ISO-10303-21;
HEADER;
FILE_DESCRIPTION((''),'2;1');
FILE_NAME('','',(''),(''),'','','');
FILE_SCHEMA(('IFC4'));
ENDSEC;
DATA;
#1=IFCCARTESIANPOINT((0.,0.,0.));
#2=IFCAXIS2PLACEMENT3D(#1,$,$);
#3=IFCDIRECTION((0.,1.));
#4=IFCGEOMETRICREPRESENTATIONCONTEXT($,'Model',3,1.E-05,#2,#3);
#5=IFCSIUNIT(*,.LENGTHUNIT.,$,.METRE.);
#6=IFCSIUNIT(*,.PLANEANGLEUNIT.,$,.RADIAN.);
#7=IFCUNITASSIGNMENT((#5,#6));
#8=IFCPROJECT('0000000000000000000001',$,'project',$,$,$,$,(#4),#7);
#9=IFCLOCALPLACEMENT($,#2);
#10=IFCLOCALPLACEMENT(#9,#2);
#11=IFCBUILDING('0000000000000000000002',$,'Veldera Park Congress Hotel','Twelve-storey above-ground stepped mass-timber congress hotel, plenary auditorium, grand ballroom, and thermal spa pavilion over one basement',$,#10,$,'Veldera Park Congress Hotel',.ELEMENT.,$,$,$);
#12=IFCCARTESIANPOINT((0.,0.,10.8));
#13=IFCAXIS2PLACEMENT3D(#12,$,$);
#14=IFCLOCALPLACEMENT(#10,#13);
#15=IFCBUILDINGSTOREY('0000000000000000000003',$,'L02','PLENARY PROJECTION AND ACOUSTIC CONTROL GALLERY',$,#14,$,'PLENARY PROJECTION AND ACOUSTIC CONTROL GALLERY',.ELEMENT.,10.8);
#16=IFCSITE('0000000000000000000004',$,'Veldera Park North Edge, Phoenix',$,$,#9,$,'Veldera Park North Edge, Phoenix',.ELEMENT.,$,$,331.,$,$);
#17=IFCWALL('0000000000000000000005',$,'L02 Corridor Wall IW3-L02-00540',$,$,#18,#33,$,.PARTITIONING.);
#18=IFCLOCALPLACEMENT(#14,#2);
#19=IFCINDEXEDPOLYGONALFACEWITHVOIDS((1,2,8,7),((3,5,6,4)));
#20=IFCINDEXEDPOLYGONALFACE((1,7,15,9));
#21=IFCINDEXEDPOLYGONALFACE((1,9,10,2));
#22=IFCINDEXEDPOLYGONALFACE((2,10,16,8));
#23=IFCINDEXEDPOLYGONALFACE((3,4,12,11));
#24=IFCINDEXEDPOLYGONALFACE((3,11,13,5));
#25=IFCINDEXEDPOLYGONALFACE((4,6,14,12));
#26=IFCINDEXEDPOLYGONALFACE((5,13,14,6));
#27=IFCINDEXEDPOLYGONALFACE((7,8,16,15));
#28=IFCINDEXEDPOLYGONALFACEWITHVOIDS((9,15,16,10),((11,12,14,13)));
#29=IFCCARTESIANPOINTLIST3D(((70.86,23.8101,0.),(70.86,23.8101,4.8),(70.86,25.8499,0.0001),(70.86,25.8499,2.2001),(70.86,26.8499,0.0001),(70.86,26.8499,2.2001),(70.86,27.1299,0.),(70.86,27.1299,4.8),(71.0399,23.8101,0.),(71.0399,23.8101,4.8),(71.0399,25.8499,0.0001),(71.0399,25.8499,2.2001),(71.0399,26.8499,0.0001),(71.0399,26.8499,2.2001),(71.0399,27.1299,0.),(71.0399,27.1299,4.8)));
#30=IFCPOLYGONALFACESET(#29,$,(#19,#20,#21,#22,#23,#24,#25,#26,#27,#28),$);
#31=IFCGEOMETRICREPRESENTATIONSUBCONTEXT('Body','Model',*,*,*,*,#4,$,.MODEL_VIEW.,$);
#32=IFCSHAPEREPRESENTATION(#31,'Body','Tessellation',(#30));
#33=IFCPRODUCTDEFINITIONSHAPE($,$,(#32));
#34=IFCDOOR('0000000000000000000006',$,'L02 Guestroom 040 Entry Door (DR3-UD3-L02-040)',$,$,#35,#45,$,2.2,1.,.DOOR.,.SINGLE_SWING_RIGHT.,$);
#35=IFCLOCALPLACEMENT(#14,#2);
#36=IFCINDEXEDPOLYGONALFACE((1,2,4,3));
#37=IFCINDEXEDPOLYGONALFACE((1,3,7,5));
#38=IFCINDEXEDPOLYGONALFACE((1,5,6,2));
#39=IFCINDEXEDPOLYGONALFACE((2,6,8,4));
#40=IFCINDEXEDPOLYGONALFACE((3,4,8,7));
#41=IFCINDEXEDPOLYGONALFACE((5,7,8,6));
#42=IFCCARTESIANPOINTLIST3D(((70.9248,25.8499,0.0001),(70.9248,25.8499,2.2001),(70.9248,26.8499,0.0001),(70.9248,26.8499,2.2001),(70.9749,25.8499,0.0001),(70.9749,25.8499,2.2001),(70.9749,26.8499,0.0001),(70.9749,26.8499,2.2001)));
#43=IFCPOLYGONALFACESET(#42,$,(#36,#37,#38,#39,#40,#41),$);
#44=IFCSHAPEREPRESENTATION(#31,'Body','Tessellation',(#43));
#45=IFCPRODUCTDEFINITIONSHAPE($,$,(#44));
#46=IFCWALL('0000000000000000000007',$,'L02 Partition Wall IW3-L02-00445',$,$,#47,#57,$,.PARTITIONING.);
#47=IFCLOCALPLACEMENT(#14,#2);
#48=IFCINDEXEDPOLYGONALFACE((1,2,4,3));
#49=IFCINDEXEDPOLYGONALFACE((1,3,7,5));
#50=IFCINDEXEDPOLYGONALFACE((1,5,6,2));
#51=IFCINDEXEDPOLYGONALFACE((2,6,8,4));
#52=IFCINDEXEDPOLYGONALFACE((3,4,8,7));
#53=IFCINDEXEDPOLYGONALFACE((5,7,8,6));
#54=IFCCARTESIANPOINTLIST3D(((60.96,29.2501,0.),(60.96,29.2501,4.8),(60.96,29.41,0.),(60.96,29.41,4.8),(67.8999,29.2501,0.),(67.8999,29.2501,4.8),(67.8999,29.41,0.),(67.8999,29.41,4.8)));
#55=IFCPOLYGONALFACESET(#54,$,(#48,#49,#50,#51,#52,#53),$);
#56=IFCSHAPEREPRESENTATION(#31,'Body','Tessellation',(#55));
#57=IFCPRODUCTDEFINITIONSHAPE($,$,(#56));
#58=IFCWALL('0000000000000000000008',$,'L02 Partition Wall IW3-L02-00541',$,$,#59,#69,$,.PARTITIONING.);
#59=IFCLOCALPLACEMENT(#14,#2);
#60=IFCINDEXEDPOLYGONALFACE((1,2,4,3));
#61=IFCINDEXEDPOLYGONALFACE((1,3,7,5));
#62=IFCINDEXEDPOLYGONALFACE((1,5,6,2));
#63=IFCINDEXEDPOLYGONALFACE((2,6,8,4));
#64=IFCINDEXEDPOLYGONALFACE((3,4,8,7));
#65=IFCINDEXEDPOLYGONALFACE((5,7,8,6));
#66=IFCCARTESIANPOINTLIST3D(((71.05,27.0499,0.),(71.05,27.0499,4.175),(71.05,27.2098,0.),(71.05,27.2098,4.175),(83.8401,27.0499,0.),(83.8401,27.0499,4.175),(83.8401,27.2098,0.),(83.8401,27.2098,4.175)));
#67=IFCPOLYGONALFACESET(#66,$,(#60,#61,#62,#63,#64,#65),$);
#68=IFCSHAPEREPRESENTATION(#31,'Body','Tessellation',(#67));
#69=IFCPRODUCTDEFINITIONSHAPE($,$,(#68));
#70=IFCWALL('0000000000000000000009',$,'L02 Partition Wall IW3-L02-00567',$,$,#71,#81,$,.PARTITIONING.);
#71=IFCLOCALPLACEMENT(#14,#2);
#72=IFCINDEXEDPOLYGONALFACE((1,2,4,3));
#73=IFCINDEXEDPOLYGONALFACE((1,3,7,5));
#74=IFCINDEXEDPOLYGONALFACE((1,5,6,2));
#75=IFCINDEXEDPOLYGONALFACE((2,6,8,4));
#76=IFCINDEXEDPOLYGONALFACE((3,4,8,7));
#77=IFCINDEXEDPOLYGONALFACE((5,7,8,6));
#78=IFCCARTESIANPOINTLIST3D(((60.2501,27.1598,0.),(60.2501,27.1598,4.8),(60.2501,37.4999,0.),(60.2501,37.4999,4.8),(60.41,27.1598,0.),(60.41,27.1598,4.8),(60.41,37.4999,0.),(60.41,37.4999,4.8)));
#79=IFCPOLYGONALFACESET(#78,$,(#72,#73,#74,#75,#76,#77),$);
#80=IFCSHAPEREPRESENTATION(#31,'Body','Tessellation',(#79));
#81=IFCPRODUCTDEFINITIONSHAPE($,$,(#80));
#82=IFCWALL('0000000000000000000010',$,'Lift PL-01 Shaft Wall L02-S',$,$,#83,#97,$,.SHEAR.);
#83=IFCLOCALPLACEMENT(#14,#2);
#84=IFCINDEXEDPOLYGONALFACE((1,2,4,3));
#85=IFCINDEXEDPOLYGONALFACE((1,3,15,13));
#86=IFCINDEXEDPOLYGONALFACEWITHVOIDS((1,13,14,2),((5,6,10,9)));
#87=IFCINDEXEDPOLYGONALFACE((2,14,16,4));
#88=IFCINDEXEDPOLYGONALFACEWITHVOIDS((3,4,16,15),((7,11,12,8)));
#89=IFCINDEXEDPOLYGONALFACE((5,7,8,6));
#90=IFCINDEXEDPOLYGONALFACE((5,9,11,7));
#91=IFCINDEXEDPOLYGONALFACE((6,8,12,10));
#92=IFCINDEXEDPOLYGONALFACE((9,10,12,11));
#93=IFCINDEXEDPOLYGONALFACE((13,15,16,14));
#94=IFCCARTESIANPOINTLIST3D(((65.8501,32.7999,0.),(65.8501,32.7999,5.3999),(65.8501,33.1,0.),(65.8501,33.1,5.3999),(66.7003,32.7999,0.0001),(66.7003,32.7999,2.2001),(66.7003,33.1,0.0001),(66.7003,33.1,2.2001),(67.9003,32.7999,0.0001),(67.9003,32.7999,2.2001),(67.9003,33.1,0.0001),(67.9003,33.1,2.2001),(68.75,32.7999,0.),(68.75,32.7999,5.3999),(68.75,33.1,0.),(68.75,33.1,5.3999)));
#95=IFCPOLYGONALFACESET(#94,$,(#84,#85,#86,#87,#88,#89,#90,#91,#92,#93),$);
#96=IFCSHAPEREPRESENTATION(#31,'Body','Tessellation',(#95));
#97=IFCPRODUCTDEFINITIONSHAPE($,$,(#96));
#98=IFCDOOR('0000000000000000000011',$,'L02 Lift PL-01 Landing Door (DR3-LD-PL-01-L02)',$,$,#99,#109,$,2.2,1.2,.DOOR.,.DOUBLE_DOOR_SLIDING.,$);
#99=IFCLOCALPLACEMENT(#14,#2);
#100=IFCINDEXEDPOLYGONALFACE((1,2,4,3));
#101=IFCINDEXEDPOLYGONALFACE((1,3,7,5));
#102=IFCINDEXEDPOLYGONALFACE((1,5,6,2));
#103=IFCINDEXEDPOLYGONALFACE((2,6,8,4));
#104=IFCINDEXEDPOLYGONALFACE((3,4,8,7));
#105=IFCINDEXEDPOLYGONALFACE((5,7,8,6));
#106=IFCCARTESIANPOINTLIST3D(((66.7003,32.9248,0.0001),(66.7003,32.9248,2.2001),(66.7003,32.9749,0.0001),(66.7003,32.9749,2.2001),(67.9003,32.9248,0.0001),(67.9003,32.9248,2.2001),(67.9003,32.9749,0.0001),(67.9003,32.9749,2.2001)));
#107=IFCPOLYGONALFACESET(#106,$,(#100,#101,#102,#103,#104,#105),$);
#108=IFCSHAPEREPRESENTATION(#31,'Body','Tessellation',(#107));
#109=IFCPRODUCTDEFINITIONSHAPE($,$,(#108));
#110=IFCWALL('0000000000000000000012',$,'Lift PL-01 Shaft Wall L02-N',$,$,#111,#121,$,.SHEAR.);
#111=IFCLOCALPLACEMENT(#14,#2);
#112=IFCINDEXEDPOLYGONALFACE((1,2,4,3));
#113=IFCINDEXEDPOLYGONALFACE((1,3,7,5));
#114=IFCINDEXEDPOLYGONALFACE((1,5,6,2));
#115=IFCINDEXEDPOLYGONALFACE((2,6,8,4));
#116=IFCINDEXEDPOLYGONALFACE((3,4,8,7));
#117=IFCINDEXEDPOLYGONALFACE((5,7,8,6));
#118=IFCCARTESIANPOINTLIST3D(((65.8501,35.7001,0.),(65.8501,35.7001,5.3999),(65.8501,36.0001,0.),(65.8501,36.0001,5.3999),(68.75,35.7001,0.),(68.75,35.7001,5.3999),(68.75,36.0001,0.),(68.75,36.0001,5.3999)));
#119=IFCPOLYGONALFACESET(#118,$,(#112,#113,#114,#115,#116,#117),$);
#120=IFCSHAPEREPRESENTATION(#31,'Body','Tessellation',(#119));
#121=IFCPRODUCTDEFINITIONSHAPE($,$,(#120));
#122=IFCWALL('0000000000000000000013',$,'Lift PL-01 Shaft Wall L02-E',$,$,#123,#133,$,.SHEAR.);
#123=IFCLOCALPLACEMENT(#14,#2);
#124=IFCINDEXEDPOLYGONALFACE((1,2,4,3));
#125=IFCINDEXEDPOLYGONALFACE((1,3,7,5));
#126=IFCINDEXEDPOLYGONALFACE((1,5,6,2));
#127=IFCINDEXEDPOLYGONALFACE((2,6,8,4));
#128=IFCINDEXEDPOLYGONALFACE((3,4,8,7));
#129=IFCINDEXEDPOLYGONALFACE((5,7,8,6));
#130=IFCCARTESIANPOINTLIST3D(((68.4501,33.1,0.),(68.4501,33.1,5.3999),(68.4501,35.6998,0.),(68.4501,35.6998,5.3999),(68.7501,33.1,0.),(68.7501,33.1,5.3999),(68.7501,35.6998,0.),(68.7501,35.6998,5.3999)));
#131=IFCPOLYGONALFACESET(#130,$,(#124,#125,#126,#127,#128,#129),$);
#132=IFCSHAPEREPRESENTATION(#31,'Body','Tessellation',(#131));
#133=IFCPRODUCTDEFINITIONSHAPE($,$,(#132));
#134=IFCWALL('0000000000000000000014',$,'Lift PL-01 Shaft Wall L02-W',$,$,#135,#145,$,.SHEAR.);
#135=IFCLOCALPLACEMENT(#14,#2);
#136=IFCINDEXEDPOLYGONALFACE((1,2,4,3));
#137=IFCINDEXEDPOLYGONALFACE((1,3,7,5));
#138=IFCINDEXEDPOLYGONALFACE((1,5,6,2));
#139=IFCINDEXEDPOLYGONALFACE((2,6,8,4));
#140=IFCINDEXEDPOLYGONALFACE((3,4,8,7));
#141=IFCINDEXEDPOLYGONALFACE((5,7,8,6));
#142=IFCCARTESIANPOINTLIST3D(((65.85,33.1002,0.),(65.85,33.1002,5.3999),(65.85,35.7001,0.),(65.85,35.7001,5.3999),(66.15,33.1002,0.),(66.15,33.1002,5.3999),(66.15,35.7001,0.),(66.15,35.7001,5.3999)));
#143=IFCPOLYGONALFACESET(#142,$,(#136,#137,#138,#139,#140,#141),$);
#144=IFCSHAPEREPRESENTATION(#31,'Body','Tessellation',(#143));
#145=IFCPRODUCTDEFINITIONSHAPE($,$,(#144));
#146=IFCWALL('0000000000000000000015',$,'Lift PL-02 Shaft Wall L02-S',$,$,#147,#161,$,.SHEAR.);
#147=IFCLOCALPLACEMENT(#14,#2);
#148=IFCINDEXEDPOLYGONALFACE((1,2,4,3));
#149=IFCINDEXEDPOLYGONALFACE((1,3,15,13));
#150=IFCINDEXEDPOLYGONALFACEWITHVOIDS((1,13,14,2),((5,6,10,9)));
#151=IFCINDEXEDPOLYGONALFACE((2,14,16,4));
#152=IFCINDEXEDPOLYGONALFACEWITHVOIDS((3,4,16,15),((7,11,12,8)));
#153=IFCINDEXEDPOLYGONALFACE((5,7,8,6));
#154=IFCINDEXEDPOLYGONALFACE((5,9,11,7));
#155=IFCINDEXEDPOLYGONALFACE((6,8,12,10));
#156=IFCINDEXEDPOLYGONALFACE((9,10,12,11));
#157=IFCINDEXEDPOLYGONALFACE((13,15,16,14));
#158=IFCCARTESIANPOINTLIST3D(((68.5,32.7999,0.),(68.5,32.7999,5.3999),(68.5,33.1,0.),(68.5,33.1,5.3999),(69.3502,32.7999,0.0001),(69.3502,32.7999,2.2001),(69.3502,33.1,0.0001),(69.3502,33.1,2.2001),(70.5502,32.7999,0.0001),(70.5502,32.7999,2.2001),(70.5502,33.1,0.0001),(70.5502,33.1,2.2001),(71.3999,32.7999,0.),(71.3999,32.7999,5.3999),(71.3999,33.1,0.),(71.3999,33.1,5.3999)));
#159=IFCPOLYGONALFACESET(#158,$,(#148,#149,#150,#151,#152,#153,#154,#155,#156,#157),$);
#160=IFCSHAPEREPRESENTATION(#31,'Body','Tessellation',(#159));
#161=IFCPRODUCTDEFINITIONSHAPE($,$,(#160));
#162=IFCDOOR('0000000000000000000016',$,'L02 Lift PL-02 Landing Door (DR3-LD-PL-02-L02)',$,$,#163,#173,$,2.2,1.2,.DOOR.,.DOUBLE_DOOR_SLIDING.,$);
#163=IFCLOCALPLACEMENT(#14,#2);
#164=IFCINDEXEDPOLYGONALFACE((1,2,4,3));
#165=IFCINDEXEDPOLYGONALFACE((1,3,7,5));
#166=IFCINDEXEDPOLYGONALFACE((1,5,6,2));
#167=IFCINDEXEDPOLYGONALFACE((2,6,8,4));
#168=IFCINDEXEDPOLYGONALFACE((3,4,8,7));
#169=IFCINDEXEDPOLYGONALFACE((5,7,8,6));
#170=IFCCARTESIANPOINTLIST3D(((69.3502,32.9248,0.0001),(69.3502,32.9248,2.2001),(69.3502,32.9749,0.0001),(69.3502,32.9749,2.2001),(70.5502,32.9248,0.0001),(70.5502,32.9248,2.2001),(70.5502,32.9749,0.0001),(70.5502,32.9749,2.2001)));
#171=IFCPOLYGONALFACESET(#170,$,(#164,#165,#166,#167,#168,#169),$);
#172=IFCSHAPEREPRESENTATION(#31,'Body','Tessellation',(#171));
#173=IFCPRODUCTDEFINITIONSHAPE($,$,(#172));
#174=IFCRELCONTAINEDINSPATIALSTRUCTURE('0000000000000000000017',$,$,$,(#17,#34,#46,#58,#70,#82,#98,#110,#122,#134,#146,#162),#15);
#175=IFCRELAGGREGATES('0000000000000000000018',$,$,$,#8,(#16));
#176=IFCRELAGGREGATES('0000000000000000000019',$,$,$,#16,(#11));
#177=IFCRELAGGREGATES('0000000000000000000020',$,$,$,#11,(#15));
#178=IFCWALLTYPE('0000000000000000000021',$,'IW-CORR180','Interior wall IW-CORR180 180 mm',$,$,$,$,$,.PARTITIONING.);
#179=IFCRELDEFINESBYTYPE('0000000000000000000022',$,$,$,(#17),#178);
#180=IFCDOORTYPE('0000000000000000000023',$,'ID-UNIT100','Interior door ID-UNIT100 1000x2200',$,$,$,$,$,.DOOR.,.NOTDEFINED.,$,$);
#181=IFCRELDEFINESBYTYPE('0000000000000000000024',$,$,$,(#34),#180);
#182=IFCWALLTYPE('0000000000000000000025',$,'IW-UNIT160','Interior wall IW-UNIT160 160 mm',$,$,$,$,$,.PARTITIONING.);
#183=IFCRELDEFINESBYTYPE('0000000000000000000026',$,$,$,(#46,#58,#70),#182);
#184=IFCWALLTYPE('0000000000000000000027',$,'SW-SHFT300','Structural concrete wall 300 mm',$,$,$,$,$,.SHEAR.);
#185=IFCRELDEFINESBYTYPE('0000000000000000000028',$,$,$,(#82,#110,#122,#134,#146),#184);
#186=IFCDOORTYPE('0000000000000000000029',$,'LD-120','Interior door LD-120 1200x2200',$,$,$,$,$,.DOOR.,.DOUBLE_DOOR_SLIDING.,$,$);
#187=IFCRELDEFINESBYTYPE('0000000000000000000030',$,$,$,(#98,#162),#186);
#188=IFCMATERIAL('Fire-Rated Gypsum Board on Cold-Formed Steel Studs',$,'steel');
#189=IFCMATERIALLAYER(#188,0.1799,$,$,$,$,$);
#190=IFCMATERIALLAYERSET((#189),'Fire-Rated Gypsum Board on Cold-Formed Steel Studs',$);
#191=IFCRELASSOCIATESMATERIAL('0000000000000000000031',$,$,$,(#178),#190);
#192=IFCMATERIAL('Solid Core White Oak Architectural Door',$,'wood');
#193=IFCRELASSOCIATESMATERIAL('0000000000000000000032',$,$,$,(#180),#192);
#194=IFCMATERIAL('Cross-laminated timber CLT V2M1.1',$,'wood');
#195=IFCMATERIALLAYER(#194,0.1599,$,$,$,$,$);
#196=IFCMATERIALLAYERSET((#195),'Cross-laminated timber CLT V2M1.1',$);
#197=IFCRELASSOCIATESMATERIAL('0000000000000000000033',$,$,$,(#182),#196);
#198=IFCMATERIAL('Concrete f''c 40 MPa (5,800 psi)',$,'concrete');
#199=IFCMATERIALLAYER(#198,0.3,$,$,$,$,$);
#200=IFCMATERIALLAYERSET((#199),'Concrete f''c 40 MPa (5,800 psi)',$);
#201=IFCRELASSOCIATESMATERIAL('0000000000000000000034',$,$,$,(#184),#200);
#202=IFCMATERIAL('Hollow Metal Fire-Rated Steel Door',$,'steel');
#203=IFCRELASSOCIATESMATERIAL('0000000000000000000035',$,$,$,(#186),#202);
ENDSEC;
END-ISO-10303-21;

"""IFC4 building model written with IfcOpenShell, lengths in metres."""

from ifc_helpers import new_model, si_unit, direction, frame, frame_2d, origin, place, context, subcontext, project, spatial, rectangle, extrude, material, layer, layer_set, type_object, element, fill, save


model = new_model("IFC4")

# Units and contexts
model_context = context("Model", 3, precision=1e-05, world=origin(), true_north=direction((0.0, 1.0)))
body_context = subcontext(model_context, "Body", "Model", "MODEL_VIEW")
ifc_project = project(units=[si_unit("LENGTHUNIT", "METRE"), si_unit("PLANEANGLEUNIT", "RADIAN")], contexts=[model_context])

# Site, building, storey
site_placement = place(None, origin())
site = spatial("IfcSite", under=ifc_project, at=site_placement, Name="Veldera Park North Edge, Phoenix", LongName="Veldera Park North Edge, Phoenix", CompositionType="ELEMENT", RefElevation=331.0)
building_placement = place(site_placement, origin())
building = spatial("IfcBuilding", under=site, at=building_placement, Name="Veldera Park Congress Hotel", Description="Twelve-storey above-ground stepped mass-timber congress hotel, plenary auditorium, grand ballroom, and thermal spa pavilion over one basement", LongName="Veldera Park Congress Hotel", CompositionType="ELEMENT")
storey_placement = place(building_placement, frame((0.0, 0.0, 10.8)))
storey = spatial("IfcBuildingStorey", under=building, at=storey_placement, Name="L02", Description="PLENARY PROJECTION AND ACOUSTIC CONTROL GALLERY", LongName="PLENARY PROJECTION AND ACOUSTIC CONTROL GALLERY", CompositionType="ELEMENT", Elevation=10.8)

# Shared definitions
ifc_material_1 = material(Name="Concrete f'c 40 MPa (5,800 psi)", Category="concrete")

# Shared definitions
ifc_material_2 = material(Name="Cross-laminated timber CLT V2M1.1", Category="wood")

# Wall, opening, door
ifc_material_3 = material(Name="Fire-Rated Gypsum Board on Cold-Formed Steel Studs", Category="steel")
ifc_layer_1 = layer(ifc_material_3, 0.1799)
ifc_layer_set_1 = layer_set([ifc_layer_1], Name="Fire-Rated Gypsum Board on Cold-Formed Steel Studs")
wall_type_1 = type_object("IfcWallType", Name="IW-CORR180", Description="Interior wall IW-CORR180 180 mm", PredefinedType="PARTITIONING", material=ifc_layer_set_1)
wall_1_placement = place(storey_placement, frame((70.95, 27.1299, 0.0), z_axis=(0.0, 0.0, 1.0), x_axis=(0.0, -1.0, 0.0)))
wall_1 = element("IfcWall", 1, at=wall_1_placement, inside=storey, type_object=wall_type_1, Name="L02 Corridor Wall IW3-L02-00540", PredefinedType="PARTITIONING", context=body_context, shape_type="SweptSolid", body=[
    extrude(rectangle(XDim=3.3198, YDim=0.1799, at=frame_2d((1.6599, 0.0))), origin(), (0.0, 0.0, 1.0), 4.8),
])
opening_1_placement = place(wall_1_placement, frame((0.28, 0.0, 0.0)))
opening_1 = element("IfcOpeningElement", 2, at=opening_1_placement, cuts=wall_1, PredefinedType="OPENING", context=body_context, shape_type="SweptSolid", body=[
    extrude(rectangle(XDim=1.0, YDim=2.2, at=frame_2d((0.5, 1.1001))), frame((0.0, 0.1021, 0.0), z_axis=(0.0, -1.0, 0.0), x_axis=(1.0, 0.0, 0.0)), (0.0, 0.0, 1.0), 0.2039),
])
ifc_material_4 = material(Name="Solid Core White Oak Architectural Door", Category="wood")
door_type_1 = type_object("IfcDoorType", Name="ID-UNIT100", Description="Interior door ID-UNIT100 1000x2200", OperationType="NOTDEFINED", PredefinedType="DOOR", material=ifc_material_4)
door_1_placement = place(opening_1_placement, origin())
door_1 = element("IfcDoor", 3, at=door_1_placement, inside=storey, type_object=door_type_1, Name="L02 Guestroom 040 Entry Door (DR3-UD3-L02-040)", OperationType="SINGLE_SWING_RIGHT", OverallHeight=2.2, OverallWidth=1.0, PredefinedType="DOOR", context=body_context, shape_type="SweptSolid", body=[
    extrude(rectangle(XDim=1.0, YDim=2.2, at=frame_2d((0.5, 1.1001))), frame((0.0, 0.0249, 0.0), z_axis=(0.0, -1.0, 0.0), x_axis=(1.0, 0.0, 0.0)), (0.0, 0.0, 1.0), 0.05),
])
fill(opening_1, door_1)

# Walls
ifc_layer_2 = layer(ifc_material_2, 0.1599)
ifc_layer_set_2 = layer_set([ifc_layer_2], Name="Cross-laminated timber CLT V2M1.1")
wall_type_2 = type_object("IfcWallType", Name="IW-UNIT160", Description="Interior wall IW-UNIT160 160 mm", PredefinedType="PARTITIONING", material=ifc_layer_set_2)
wall_2_placement = place(storey_placement, frame((60.96, 29.3301, 0.0), z_axis=(0.0, 0.0, 1.0), x_axis=(1.0, 0.0, 0.0)))
element("IfcWall", 4, at=wall_2_placement, inside=storey, type_object=wall_type_2, Name="L02 Partition Wall IW3-L02-00445", PredefinedType="PARTITIONING", context=body_context, shape_type="SweptSolid", body=[
    extrude(rectangle(XDim=6.9399, YDim=0.1599, at=frame_2d((3.47, 0.0))), origin(), (0.0, 0.0, 1.0), 4.8),
])
wall_3_placement = place(storey_placement, frame((71.05, 27.1299, 0.0), z_axis=(0.0, 0.0, 1.0), x_axis=(1.0, 0.0, 0.0)))
element("IfcWall", 5, at=wall_3_placement, inside=storey, type_object=wall_type_2, Name="L02 Partition Wall IW3-L02-00541", PredefinedType="PARTITIONING", context=body_context, shape_type="SweptSolid", body=[
    extrude(rectangle(XDim=12.79, YDim=0.1599, at=frame_2d((6.395, 0.0))), origin(), (0.0, 0.0, 1.0), 4.175),
])
wall_4_placement = place(storey_placement, frame((60.3301, 27.1599, 0.0), z_axis=(0.0, 0.0, 1.0), x_axis=(0.0, 1.0, 0.0)))
element("IfcWall", 6, at=wall_4_placement, inside=storey, type_object=wall_type_2, Name="L02 Partition Wall IW3-L02-00567", PredefinedType="PARTITIONING", context=body_context, shape_type="SweptSolid", body=[
    extrude(rectangle(XDim=10.3401, YDim=0.1599, at=frame_2d((5.1699, 0.0))), origin(), (0.0, 0.0, 1.0), 4.8),
])

# Wall, opening, door
ifc_layer_3 = layer(ifc_material_1, 0.3)
ifc_layer_set_3 = layer_set([ifc_layer_3], Name="Concrete f'c 40 MPa (5,800 psi)")
wall_type_3 = type_object("IfcWallType", Name="SW-SHFT300", Description="Structural concrete wall 300 mm", PredefinedType="SHEAR", material=ifc_layer_set_3)
wall_5_placement = place(storey_placement, frame((65.8501, 32.95, 0.0), z_axis=(0.0, 0.0, 1.0), x_axis=(1.0, 0.0, 0.0)))
wall_5 = element("IfcWall", 7, at=wall_5_placement, inside=storey, type_object=wall_type_3, Name="Lift PL-01 Shaft Wall L02-S", PredefinedType="SHEAR", context=body_context, shape_type="SweptSolid", body=[
    extrude(rectangle(XDim=2.8999, YDim=0.3, at=frame_2d((1.45, 0.0))), origin(), (0.0, 0.0, 1.0), 5.3999),
])
opening_2_placement = place(wall_5_placement, frame((0.8501, 0.0, 0.0)))
opening_2 = element("IfcOpeningElement", 8, at=opening_2_placement, cuts=wall_5, PredefinedType="OPENING", context=body_context, shape_type="SweptSolid", body=[
    extrude(rectangle(XDim=1.2, YDim=2.2, at=frame_2d((0.6001, 1.1001))), frame((0.0, 0.1621, 0.0), z_axis=(0.0, -1.0, 0.0), x_axis=(1.0, 0.0, 0.0)), (0.0, 0.0, 1.0), 0.324),
])
ifc_material_5 = material(Name="Hollow Metal Fire-Rated Steel Door", Category="steel")
door_type_2 = type_object("IfcDoorType", Name="LD-120", Description="Interior door LD-120 1200x2200", OperationType="DOUBLE_DOOR_SLIDING", PredefinedType="DOOR", material=ifc_material_5)
door_2_placement = place(opening_2_placement, origin())
door_2 = element("IfcDoor", 9, at=door_2_placement, inside=storey, type_object=door_type_2, Name="L02 Lift PL-01 Landing Door (DR3-LD-PL-01-L02)", OperationType="DOUBLE_DOOR_SLIDING", OverallHeight=2.2, OverallWidth=1.2, PredefinedType="DOOR", context=body_context, shape_type="SweptSolid", body=[
    extrude(rectangle(XDim=1.2, YDim=2.2, at=frame_2d((0.6001, 1.1001))), frame((0.0, 0.0249, 0.0), z_axis=(0.0, -1.0, 0.0), x_axis=(1.0, 0.0, 0.0)), (0.0, 0.0, 1.0), 0.05),
])
fill(opening_2, door_2)

# Walls
wall_6_placement = place(storey_placement, frame((68.75, 35.8501, 0.0), z_axis=(0.0, 0.0, 1.0), x_axis=(-1.0, 0.0, 0.0)))
element("IfcWall", 10, at=wall_6_placement, inside=storey, type_object=wall_type_3, Name="Lift PL-01 Shaft Wall L02-N", PredefinedType="SHEAR", context=body_context, shape_type="SweptSolid", body=[
    extrude(rectangle(XDim=2.8999, YDim=0.3, at=frame_2d((1.45, 0.0))), origin(), (0.0, 0.0, 1.0), 5.3999),
])
for number, where, z_axis, x_axis, name in (
    (11, (68.6001, 33.1001, 0.0), (0.0, 0.0, 1.0), (0.0, 1.0, 0.0), "Lift PL-01 Shaft Wall L02-E"),
    (12, (66.0, 35.7, 0.0), (0.0, 0.0, 1.0), (0.0, -1.0, 0.0), "Lift PL-01 Shaft Wall L02-W"),
):
    element("IfcWall", number, at=place(storey_placement, frame(where, z_axis=z_axis, x_axis=x_axis)), inside=storey, type_object=wall_type_3, Name=name, PredefinedType="SHEAR", context=body_context, shape_type="SweptSolid", body=[
        extrude(rectangle(XDim=2.5999, YDim=0.3, at=frame_2d((1.2998, 0.0))), origin(), (0.0, 0.0, 1.0), 5.3999),
    ])

# Wall, opening, door
wall_7_placement = place(storey_placement, frame((68.5, 32.95, 0.0), z_axis=(0.0, 0.0, 1.0), x_axis=(1.0, 0.0, 0.0)))
wall_7 = element("IfcWall", 13, at=wall_7_placement, inside=storey, type_object=wall_type_3, Name="Lift PL-02 Shaft Wall L02-S", PredefinedType="SHEAR", context=body_context, shape_type="SweptSolid", body=[
    extrude(rectangle(XDim=2.8999, YDim=0.3, at=frame_2d((1.45, 0.0))), origin(), (0.0, 0.0, 1.0), 5.3999),
])
opening_3_placement = place(wall_7_placement, frame((0.8501, 0.0, 0.0)))
opening_3 = element("IfcOpeningElement", 14, at=opening_3_placement, cuts=wall_7, PredefinedType="OPENING", context=body_context, shape_type="SweptSolid", body=[
    extrude(rectangle(XDim=1.2, YDim=2.2, at=frame_2d((0.6001, 1.1001))), frame((0.0, 0.1621, 0.0), z_axis=(0.0, -1.0, 0.0), x_axis=(1.0, 0.0, 0.0)), (0.0, 0.0, 1.0), 0.324),
])
door_3_placement = place(opening_3_placement, origin())
door_3 = element("IfcDoor", 15, at=door_3_placement, inside=storey, type_object=door_type_2, Name="L02 Lift PL-02 Landing Door (DR3-LD-PL-02-L02)", OperationType="DOUBLE_DOOR_SLIDING", OverallHeight=2.2, OverallWidth=1.2, PredefinedType="DOOR", context=body_context, shape_type="SweptSolid", body=[
    extrude(rectangle(XDim=1.2, YDim=2.2, at=frame_2d((0.6001, 1.1001))), frame((0.0, 0.0249, 0.0), z_axis=(0.0, -1.0, 0.0), x_axis=(1.0, 0.0, 0.0)), (0.0, 0.0, 1.0), 0.05),
])
fill(opening_3, door_3)

save(model, "model.ifc")
